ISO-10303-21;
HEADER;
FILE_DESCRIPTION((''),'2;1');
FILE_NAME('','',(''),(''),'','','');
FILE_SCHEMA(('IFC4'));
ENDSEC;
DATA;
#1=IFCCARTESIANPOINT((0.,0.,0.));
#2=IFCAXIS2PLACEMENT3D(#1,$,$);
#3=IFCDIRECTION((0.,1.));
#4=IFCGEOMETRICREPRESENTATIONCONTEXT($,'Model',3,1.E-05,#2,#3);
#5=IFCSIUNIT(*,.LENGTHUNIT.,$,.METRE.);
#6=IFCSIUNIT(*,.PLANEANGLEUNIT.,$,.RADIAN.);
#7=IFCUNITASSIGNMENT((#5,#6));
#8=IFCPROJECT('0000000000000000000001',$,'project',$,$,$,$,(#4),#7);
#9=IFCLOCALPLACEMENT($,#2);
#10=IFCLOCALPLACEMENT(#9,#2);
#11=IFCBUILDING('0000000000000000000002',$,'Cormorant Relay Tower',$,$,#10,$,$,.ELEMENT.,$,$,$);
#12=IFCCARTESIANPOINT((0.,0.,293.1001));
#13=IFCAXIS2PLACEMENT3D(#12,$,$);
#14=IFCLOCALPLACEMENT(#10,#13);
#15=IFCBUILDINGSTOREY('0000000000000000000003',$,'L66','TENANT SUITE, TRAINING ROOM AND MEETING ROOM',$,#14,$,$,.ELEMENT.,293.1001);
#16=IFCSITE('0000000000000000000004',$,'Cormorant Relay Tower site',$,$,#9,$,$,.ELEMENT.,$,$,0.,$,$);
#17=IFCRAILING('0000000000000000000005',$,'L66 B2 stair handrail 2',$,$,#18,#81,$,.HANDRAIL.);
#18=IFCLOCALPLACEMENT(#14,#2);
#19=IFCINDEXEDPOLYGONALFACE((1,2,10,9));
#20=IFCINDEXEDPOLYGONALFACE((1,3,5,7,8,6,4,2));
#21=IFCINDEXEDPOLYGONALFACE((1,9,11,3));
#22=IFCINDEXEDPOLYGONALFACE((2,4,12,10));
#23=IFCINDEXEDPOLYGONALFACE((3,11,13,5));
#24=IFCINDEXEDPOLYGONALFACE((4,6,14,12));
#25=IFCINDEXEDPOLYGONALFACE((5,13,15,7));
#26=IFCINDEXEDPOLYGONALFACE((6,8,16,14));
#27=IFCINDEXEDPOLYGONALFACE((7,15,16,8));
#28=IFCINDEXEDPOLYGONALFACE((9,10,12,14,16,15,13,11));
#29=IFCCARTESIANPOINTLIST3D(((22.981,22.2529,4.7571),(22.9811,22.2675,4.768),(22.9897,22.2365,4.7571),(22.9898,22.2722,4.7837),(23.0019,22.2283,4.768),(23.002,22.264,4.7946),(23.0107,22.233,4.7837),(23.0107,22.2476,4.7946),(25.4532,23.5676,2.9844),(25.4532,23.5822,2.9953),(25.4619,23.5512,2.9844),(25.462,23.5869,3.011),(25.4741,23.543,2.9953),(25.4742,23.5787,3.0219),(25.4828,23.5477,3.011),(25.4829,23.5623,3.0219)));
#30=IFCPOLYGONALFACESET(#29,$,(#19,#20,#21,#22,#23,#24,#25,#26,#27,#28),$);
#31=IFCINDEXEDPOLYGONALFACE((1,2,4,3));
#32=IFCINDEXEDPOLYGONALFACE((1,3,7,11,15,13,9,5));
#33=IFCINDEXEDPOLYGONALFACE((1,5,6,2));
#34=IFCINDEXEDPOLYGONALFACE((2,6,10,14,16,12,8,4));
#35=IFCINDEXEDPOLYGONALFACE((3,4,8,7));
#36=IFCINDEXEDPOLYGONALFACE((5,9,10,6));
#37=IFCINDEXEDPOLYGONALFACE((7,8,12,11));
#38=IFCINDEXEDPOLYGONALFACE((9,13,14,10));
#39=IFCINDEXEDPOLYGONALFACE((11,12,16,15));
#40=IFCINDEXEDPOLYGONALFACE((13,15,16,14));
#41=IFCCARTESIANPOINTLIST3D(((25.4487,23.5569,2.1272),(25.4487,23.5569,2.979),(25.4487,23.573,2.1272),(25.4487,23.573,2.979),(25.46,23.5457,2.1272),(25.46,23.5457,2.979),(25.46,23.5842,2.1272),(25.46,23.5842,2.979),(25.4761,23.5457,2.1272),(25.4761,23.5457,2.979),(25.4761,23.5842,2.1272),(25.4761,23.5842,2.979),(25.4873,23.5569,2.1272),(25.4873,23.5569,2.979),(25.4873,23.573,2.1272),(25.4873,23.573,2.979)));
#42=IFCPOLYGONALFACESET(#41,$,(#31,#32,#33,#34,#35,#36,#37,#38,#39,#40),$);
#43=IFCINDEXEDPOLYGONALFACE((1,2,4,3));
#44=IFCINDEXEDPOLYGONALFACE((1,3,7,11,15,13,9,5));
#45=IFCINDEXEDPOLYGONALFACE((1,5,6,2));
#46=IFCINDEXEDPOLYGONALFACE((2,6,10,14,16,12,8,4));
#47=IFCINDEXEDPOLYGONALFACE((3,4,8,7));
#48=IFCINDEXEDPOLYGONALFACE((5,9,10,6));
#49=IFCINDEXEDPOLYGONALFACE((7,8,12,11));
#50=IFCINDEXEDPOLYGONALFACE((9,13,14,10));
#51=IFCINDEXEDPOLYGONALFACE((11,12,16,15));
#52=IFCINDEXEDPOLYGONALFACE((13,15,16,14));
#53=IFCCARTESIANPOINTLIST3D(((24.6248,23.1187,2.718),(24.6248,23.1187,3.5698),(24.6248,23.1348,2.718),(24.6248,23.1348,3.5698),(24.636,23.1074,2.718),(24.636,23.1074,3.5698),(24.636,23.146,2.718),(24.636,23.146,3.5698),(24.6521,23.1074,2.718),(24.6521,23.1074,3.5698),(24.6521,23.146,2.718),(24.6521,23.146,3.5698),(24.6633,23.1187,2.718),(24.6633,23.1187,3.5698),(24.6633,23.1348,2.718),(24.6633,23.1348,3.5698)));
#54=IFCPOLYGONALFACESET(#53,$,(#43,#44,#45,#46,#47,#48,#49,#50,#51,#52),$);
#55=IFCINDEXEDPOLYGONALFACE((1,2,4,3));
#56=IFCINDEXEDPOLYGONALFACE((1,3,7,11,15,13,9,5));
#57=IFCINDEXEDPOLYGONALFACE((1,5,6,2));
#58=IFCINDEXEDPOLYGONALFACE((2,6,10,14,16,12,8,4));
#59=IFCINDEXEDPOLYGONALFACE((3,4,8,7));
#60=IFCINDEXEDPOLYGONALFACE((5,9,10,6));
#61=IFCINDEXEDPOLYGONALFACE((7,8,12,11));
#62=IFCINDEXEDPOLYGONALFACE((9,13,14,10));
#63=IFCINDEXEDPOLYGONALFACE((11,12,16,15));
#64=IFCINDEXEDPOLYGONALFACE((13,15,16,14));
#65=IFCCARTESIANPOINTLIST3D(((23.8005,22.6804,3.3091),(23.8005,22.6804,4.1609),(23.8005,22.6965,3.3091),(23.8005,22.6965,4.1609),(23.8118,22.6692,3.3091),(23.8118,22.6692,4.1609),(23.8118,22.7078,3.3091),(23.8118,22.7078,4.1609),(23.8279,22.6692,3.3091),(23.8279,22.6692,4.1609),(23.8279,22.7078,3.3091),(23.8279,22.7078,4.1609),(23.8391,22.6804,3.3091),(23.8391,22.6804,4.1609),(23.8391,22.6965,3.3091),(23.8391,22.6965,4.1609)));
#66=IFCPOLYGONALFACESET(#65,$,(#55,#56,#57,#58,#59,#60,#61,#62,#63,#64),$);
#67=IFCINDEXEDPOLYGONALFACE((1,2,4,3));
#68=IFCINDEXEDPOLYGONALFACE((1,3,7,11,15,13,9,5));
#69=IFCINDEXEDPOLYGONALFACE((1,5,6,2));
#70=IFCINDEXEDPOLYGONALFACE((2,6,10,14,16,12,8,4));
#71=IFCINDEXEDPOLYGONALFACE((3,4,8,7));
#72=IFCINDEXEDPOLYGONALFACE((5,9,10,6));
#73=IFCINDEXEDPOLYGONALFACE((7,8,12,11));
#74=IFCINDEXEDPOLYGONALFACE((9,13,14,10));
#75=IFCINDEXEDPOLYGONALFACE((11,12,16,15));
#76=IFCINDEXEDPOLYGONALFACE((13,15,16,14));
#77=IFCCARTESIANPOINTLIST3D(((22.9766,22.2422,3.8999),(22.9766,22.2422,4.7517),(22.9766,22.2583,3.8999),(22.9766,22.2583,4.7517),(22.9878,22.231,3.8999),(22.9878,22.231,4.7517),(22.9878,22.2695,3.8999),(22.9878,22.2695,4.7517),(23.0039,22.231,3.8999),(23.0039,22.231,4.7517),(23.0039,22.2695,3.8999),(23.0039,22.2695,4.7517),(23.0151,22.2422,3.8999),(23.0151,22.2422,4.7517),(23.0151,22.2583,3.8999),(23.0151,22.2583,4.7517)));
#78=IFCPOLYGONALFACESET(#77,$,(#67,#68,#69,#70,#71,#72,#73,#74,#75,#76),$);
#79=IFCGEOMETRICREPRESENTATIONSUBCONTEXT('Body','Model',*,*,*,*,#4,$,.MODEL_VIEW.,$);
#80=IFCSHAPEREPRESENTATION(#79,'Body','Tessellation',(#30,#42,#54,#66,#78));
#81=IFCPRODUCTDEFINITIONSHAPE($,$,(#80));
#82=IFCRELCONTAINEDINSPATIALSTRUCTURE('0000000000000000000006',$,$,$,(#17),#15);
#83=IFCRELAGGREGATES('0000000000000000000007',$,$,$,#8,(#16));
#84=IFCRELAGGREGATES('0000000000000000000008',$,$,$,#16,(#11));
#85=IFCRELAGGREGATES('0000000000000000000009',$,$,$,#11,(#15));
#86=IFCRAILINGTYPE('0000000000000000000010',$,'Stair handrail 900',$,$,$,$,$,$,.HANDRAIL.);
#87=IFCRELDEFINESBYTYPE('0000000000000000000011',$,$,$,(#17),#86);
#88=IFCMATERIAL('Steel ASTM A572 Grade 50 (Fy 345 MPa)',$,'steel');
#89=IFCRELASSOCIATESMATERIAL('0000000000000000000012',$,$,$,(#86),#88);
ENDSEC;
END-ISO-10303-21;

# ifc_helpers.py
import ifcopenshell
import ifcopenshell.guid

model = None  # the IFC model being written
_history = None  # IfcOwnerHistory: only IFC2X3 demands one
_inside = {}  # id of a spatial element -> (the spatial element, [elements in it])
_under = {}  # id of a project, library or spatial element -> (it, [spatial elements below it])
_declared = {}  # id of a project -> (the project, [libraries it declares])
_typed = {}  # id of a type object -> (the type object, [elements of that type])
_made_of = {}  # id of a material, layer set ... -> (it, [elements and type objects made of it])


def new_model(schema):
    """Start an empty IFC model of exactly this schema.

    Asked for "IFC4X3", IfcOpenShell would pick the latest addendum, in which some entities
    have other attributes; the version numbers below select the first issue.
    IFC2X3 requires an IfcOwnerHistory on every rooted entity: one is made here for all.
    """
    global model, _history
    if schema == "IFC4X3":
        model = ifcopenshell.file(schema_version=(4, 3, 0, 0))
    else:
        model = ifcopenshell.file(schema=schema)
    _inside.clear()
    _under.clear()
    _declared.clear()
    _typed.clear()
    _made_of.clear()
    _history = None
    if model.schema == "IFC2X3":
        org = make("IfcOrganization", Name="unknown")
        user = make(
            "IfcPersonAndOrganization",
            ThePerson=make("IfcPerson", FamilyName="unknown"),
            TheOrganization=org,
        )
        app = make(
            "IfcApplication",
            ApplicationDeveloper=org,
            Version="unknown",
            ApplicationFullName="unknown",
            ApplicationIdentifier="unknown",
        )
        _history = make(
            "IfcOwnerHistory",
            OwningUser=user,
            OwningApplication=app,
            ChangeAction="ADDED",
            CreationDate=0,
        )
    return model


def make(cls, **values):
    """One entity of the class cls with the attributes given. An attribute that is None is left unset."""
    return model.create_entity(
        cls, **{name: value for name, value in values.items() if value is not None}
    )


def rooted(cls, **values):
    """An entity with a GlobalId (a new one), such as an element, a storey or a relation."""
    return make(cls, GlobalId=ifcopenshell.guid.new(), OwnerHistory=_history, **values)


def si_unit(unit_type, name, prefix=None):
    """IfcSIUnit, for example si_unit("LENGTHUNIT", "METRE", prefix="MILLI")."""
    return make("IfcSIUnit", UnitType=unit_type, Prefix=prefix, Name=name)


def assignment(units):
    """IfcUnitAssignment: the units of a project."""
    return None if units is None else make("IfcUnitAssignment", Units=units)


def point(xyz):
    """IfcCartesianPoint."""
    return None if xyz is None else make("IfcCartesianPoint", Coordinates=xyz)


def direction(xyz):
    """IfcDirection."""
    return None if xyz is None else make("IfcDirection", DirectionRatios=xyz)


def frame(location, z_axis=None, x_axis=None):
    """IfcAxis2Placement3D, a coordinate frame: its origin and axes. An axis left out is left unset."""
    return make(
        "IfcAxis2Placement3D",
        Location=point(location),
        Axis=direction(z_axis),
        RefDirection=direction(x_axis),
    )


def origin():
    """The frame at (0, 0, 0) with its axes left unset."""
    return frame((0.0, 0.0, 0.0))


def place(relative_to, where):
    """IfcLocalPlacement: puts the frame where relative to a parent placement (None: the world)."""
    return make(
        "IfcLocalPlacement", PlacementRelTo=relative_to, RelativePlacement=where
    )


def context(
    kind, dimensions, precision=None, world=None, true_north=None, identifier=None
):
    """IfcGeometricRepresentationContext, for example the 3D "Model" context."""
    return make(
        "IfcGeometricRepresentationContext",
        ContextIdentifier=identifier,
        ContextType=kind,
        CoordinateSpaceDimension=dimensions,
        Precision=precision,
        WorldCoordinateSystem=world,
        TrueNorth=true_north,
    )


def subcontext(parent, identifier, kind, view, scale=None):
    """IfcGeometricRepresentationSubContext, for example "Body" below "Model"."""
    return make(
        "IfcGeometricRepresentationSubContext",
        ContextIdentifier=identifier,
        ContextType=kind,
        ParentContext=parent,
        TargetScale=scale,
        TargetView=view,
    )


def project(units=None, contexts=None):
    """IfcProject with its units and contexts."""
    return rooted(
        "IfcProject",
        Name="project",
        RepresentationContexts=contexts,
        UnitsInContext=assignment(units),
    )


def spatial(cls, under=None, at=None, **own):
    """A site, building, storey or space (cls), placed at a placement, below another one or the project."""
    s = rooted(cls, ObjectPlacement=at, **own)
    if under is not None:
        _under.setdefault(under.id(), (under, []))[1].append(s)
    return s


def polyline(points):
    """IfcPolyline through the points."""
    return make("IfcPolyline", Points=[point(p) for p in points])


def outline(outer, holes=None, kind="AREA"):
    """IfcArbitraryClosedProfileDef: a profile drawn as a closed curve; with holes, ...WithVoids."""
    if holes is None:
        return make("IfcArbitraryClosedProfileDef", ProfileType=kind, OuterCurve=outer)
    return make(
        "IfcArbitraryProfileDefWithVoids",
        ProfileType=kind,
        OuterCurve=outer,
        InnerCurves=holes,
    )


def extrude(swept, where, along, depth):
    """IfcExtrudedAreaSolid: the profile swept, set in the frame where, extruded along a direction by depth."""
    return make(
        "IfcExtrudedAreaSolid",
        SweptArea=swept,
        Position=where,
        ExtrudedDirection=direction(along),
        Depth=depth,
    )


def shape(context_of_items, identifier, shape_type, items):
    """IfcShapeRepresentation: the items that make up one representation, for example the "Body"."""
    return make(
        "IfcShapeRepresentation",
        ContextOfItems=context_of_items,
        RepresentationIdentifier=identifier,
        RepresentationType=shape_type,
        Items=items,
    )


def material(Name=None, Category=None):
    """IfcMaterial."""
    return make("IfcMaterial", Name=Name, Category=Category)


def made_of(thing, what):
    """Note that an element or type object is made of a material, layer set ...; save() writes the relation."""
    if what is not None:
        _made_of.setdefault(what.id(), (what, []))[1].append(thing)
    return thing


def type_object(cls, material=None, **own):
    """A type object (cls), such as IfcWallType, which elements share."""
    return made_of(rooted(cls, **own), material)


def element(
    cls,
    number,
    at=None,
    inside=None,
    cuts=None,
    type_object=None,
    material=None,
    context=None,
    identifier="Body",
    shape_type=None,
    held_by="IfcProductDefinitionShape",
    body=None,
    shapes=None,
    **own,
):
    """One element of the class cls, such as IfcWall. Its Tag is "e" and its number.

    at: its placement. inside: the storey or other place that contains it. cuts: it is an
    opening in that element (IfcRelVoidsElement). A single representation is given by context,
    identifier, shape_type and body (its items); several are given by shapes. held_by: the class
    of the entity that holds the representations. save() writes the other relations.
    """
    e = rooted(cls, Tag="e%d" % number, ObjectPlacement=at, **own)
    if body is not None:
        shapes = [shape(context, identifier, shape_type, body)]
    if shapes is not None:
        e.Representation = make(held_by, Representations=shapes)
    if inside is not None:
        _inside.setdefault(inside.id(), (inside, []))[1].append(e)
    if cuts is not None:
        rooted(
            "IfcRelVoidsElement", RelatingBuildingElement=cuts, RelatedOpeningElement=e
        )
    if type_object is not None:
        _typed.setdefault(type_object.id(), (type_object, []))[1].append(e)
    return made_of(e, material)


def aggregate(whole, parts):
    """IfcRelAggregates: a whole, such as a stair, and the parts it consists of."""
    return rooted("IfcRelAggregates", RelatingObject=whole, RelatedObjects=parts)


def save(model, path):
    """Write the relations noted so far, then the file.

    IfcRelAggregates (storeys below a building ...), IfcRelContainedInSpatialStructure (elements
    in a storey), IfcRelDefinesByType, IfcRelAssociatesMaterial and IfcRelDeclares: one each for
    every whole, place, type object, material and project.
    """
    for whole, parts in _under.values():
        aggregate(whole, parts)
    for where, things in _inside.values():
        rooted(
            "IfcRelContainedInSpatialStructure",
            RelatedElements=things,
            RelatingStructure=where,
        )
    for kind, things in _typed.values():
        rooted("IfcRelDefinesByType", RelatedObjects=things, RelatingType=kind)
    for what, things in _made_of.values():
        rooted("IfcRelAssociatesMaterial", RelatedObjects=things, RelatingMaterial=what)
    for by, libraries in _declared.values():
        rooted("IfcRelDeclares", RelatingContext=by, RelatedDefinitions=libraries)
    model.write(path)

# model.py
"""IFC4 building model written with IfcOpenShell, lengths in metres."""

from ifc_helpers import new_model, si_unit, direction, frame, origin, place, context, subcontext, project, spatial, polyline, outline, extrude, material, type_object, element, save


model = new_model("IFC4")

# Units and contexts
model_context = context("Model", 3, precision=1e-05, world=origin(), true_north=direction((0.0, 1.0)))
body_context = subcontext(model_context, "Body", "Model", "MODEL_VIEW")
ifc_project = project(units=[si_unit("LENGTHUNIT", "METRE"), si_unit("PLANEANGLEUNIT", "RADIAN")], contexts=[model_context])

# Site, building, storey
site_placement = place(None, origin())
site = spatial("IfcSite", under=ifc_project, at=site_placement, Name="Cormorant Relay Tower site", CompositionType="ELEMENT", RefElevation=0.0)
building_placement = place(site_placement, origin())
building = spatial("IfcBuilding", under=site, at=building_placement, Name="Cormorant Relay Tower", CompositionType="ELEMENT")
storey_placement = place(building_placement, frame((0.0, 0.0, 293.1001)))
storey = spatial("IfcBuildingStorey", under=building, at=storey_placement, Name="L66", Description="TENANT SUITE, TRAINING ROOM AND MEETING ROOM", CompositionType="ELEMENT", Elevation=293.1001)

# Railing
ifc_material_1 = material(Name="Steel ASTM A572 Grade 50 (Fy 345 MPa)", Category="steel")
railing_type_1 = type_object("IfcRailingType", Name="Stair handrail 900", PredefinedType="HANDRAIL", material=ifc_material_1)
railing_1_placement = place(storey_placement, frame((25.468, 23.5649, 2.1272)))
element("IfcRailing", 1, at=railing_1_placement, inside=storey, type_object=railing_type_1, Name="L66 B2 stair handrail 2", PredefinedType="HANDRAIL", context=body_context, shape_type="SweptSolid", body=[
    extrude(outline(polyline([(0.0222, 0.0093), (0.0093, 0.0222), (-0.0093, 0.0222), (-0.0222, 0.0093), (-0.0222, -0.0093), (-0.0093, -0.0222), (0.0093, -0.0222), (0.0222, -0.0093), (0.0222, 0.0093)])), frame((0.0, 0.0, 0.876), z_axis=(-0.745979, -0.396711, 0.534916), x_axis=(0.469533, -0.882915, 0.0)), (0.0, 0.0, 1.0), 3.314),
    extrude(outline(polyline([(0.0193, 0.0081), (0.0081, 0.0193), (-0.0081, 0.0193), (-0.0193, 0.0081), (-0.0193, -0.0081), (-0.0081, -0.0193), (0.0081, -0.0193), (0.0193, -0.0081), (0.0193, 0.0081)])), origin(), (0.0, 0.0, 1.0), 0.8518),
    extrude(outline(polyline([(0.0193, 0.0081), (0.0081, 0.0193), (-0.0081, 0.0193), (-0.0193, 0.0081), (-0.0193, -0.0081), (-0.0081, -0.0193), (0.0081, -0.0193), (0.0193, -0.0081), (0.0193, 0.0081)])), frame((-0.824, -0.4382, 0.5908)), (0.0, 0.0, 1.0), 0.8518),
    extrude(outline(polyline([(0.0193, 0.0081), (0.0081, 0.0193), (-0.0081, 0.0193), (-0.0193, 0.0081), (-0.0193, -0.0081), (-0.0081, -0.0193), (0.0081, -0.0193), (0.0193, -0.0081), (0.0193, 0.0081)])), frame((-1.6482, -0.8765, 1.1819)), (0.0, 0.0, 1.0), 0.8518),
    extrude(outline(polyline([(0.0193, 0.0081), (0.0081, 0.0193), (-0.0081, 0.0193), (-0.0193, 0.0081), (-0.0193, -0.0081), (-0.0081, -0.0193), (0.0081, -0.0193), (0.0193, -0.0081), (0.0193, 0.0081)])), frame((-2.4722, -1.3147, 1.7727)), (0.0, 0.0, 1.0), 0.8518),
])

save(model, "model.ifc")
